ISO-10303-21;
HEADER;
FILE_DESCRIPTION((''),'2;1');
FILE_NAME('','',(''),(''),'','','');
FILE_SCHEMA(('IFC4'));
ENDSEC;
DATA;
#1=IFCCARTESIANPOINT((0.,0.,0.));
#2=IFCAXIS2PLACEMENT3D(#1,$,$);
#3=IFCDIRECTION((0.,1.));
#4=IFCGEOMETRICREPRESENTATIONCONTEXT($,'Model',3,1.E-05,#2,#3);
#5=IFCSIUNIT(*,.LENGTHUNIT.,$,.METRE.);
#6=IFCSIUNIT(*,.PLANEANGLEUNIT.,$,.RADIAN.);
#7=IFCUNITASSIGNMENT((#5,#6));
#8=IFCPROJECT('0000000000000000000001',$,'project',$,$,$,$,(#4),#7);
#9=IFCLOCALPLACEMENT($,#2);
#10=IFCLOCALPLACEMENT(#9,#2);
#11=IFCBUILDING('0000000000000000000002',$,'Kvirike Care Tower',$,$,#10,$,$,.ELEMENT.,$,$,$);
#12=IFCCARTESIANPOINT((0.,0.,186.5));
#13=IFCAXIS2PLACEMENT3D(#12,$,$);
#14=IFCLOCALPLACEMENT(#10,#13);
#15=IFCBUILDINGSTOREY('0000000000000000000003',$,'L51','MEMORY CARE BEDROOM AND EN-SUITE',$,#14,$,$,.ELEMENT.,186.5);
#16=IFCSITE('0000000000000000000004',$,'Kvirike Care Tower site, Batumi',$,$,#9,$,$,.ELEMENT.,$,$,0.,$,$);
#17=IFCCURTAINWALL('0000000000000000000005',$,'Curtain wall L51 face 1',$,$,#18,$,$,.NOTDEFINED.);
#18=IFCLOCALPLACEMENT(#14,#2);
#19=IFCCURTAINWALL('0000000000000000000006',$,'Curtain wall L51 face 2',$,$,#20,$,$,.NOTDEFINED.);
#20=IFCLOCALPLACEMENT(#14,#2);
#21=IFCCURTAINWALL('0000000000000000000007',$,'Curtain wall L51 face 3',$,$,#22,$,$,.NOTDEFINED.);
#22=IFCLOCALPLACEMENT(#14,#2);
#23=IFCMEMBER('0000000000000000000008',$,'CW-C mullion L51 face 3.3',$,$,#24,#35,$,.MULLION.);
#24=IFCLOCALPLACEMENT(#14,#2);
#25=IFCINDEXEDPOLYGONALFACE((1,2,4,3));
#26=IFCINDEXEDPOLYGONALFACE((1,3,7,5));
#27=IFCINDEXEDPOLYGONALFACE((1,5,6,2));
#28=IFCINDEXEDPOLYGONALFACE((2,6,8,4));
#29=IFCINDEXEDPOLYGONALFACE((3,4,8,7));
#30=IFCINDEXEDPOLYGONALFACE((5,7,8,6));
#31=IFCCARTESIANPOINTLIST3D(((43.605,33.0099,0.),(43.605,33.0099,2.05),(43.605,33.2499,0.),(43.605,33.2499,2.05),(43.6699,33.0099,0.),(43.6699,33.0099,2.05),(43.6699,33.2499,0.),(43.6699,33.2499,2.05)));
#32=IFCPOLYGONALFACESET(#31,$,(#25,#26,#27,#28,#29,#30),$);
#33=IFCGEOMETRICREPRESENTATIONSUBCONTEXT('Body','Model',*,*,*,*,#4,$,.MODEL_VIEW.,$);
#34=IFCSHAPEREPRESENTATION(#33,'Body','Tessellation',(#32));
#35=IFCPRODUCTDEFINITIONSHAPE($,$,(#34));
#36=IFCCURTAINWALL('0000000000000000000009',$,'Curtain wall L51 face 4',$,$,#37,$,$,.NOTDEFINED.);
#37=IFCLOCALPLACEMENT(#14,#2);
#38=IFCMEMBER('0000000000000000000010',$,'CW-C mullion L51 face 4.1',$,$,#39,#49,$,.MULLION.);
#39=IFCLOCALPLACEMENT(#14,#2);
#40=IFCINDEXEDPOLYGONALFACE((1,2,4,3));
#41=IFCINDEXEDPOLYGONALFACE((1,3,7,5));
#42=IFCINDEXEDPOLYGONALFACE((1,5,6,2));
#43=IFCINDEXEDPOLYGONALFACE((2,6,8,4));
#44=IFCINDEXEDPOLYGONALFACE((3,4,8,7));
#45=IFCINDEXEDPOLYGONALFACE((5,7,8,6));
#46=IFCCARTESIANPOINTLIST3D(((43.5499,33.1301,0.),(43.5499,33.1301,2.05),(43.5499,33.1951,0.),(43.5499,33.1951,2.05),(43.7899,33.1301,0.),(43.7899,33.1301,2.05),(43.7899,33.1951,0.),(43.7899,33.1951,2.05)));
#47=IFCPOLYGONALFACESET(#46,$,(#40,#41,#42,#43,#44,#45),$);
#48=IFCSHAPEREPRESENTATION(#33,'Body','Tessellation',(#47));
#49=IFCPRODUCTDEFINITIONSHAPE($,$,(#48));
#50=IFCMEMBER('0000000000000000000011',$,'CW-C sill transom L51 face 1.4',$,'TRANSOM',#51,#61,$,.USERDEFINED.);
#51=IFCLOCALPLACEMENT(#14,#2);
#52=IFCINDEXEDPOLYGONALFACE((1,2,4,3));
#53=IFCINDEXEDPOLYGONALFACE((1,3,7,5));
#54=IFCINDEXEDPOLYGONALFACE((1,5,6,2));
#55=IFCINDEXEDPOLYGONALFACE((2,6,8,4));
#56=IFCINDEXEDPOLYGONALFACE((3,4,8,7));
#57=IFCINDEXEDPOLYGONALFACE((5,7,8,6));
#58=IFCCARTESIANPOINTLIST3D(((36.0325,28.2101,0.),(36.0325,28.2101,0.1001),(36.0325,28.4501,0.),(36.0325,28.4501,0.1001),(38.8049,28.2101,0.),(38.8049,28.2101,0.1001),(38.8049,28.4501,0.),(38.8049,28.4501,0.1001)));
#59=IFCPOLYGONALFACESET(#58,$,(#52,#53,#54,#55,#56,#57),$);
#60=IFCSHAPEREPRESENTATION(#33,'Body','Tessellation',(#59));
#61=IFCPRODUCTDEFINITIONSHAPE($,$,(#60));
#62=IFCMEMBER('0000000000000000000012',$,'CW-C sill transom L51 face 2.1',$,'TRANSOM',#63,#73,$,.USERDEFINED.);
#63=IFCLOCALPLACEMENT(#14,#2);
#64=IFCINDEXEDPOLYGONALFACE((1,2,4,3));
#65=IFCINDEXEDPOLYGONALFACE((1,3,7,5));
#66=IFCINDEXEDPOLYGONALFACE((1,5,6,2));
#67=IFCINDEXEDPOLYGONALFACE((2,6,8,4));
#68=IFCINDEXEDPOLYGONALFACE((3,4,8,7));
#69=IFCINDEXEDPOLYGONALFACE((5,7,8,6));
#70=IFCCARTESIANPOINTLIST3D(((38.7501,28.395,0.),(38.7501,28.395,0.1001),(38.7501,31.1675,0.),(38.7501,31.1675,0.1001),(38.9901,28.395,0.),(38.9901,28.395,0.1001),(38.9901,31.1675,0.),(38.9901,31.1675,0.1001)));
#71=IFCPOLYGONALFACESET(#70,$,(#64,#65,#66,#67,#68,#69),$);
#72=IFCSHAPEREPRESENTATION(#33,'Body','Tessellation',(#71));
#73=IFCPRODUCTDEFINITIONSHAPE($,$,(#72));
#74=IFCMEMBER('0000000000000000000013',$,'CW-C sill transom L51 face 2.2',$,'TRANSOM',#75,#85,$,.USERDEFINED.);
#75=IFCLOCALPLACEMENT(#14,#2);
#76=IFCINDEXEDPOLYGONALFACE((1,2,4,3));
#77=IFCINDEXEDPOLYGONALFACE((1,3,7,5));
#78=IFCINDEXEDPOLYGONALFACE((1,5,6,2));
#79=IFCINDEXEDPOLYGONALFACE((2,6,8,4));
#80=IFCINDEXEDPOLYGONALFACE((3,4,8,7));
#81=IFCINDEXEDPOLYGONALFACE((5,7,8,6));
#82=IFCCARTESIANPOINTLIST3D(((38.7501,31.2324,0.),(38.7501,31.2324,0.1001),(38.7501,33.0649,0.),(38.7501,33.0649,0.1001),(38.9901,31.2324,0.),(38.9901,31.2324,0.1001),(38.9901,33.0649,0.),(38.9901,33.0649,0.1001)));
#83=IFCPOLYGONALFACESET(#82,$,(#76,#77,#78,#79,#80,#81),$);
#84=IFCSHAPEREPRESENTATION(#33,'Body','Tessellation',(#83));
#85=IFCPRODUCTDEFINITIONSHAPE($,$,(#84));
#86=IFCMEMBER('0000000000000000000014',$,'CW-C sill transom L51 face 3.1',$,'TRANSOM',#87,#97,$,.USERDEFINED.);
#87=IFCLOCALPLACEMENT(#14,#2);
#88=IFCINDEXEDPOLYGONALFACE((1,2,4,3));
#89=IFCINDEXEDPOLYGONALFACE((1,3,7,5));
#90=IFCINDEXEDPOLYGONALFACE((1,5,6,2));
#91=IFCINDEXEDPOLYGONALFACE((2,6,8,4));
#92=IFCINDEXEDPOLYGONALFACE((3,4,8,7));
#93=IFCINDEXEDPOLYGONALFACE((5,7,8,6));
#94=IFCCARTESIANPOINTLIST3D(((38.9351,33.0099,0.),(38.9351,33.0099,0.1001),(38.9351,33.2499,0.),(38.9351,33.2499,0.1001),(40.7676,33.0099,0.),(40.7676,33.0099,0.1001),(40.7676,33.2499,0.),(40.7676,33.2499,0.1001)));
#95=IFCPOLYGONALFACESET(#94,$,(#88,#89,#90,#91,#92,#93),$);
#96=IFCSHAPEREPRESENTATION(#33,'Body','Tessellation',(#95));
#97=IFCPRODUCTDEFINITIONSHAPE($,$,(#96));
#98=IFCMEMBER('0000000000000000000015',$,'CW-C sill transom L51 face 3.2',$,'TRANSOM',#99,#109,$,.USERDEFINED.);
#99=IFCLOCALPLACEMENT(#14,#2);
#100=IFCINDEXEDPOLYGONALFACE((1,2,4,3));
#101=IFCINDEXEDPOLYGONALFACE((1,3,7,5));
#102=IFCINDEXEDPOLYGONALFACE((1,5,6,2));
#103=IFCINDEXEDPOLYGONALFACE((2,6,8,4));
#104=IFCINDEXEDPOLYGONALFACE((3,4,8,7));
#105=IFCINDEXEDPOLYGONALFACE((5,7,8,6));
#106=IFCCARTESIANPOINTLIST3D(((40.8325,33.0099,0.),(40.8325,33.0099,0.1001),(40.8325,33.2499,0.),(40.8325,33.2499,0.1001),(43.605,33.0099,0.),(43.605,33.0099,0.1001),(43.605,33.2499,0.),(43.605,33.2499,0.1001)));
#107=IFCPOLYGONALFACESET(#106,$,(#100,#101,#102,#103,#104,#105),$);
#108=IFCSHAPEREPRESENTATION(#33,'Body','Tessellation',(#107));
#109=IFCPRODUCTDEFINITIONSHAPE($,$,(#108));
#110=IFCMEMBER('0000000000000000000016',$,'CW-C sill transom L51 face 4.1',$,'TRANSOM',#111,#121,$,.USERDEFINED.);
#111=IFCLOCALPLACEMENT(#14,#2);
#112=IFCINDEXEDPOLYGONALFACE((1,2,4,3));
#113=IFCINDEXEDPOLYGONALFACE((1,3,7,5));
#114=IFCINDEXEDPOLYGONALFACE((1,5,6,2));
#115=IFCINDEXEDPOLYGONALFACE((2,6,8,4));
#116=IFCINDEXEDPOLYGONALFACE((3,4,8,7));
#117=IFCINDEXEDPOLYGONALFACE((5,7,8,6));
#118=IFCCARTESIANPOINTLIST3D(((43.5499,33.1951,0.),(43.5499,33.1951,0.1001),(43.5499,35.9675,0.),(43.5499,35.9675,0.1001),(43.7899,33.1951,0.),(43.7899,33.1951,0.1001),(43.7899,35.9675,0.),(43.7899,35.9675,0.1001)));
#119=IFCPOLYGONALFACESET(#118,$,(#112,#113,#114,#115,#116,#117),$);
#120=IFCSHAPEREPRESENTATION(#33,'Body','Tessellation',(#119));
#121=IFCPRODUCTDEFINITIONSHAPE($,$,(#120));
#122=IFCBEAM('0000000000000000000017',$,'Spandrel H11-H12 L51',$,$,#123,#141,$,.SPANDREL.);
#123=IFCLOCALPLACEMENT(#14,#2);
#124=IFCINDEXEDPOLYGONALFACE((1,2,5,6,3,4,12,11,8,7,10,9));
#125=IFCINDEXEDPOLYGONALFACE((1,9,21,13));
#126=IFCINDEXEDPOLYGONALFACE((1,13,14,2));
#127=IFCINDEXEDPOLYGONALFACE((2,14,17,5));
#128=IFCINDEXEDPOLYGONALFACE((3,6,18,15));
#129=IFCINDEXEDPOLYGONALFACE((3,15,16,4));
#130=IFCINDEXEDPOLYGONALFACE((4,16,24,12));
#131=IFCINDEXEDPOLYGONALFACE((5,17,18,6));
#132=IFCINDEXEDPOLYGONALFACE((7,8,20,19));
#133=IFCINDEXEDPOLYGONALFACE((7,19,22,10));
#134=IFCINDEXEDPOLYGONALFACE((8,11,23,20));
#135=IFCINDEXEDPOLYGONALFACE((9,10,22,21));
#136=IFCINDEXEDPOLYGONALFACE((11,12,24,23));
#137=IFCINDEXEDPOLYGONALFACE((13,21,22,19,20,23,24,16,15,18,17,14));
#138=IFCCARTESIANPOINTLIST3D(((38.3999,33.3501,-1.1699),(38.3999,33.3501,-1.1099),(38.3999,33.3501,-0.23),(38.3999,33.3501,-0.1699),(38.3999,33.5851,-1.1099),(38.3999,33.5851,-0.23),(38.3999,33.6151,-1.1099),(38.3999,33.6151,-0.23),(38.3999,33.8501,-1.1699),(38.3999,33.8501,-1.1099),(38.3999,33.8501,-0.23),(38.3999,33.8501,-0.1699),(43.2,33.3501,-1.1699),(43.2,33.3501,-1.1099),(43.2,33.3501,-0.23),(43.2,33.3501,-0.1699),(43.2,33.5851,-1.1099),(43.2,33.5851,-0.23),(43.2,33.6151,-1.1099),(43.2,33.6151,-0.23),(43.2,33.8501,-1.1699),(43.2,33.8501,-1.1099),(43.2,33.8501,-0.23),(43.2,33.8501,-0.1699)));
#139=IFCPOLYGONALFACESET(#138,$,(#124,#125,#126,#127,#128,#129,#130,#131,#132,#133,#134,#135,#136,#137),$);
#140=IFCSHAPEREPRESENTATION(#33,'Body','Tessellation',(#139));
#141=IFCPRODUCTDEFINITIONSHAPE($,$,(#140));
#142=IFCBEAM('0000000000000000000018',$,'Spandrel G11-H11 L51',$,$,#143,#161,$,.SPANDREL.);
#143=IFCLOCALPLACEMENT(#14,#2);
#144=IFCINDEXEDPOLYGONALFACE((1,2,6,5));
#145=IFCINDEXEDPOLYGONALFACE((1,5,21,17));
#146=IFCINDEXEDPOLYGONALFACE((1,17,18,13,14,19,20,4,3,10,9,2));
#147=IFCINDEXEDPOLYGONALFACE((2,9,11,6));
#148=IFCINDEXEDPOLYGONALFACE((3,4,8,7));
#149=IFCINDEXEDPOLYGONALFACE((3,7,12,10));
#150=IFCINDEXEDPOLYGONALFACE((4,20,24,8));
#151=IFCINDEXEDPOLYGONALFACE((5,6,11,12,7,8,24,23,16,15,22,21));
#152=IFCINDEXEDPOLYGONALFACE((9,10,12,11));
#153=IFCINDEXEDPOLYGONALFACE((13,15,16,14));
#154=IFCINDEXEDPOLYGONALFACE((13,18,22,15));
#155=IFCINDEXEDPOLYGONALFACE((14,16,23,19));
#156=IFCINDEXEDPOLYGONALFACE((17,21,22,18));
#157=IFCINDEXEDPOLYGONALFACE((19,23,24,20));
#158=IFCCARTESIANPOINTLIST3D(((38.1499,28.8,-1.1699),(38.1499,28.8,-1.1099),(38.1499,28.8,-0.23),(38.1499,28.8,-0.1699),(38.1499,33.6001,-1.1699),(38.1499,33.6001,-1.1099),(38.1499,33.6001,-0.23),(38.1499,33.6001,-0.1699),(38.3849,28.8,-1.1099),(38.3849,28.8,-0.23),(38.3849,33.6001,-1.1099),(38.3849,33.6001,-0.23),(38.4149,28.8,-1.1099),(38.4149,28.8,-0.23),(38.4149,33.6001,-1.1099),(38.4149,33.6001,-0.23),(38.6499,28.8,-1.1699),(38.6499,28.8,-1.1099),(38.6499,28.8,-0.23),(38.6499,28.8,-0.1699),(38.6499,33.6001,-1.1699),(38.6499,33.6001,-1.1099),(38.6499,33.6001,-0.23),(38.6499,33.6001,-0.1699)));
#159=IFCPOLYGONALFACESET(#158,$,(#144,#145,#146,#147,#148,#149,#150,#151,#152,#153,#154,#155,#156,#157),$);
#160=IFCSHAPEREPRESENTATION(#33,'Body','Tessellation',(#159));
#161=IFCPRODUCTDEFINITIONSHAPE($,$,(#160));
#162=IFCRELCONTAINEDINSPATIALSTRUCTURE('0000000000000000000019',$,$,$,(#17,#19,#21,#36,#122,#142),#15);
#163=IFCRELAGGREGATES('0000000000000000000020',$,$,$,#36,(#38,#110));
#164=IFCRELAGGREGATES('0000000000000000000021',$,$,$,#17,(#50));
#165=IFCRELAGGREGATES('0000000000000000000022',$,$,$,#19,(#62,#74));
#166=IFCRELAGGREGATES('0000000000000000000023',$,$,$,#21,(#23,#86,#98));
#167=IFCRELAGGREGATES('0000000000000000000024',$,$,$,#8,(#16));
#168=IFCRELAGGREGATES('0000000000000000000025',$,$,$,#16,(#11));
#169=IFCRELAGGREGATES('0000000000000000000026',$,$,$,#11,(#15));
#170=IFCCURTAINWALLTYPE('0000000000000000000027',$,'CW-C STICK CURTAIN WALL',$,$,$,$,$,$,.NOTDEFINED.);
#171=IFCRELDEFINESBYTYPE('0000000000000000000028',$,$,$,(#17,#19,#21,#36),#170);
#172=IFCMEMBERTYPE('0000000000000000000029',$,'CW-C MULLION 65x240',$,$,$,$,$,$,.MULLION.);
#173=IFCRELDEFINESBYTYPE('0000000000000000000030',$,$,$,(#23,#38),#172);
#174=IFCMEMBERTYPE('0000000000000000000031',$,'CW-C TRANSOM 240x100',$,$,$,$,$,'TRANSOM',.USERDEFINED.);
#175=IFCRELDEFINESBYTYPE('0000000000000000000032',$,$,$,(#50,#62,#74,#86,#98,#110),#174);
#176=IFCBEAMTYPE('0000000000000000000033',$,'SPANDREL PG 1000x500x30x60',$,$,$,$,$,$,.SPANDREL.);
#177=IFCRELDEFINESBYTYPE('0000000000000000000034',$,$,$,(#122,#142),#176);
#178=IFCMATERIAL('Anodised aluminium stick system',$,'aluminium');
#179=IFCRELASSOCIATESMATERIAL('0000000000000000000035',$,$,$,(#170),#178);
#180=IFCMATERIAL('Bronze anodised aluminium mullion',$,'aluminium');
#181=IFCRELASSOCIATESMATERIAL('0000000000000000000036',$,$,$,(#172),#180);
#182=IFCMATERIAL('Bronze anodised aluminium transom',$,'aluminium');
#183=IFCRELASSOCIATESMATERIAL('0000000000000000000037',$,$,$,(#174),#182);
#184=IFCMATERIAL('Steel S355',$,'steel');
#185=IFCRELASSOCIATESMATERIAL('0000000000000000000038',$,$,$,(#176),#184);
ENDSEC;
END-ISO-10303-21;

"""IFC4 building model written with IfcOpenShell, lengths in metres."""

from ifc_helpers import new_model, si_unit, direction, frame, origin, origin_2d, place, context, subcontext, project, spatial, rectangle, i_section, extrude, material, material_profile, profile_set, type_object, element, aggregate, save


model = new_model("IFC4")

# Units and contexts
model_context = context("Model", 3, precision=1e-05, world=origin(), true_north=direction((0.0, 1.0)))
body_context = subcontext(model_context, "Body", "Model", "MODEL_VIEW")
ifc_project = project(units=[si_unit("LENGTHUNIT", "METRE"), si_unit("PLANEANGLEUNIT", "RADIAN")], contexts=[model_context])

# Site, building, storey
site_placement = place(None, origin())
site = spatial("IfcSite", under=ifc_project, at=site_placement, Name="Kvirike Care Tower site, Batumi", CompositionType="ELEMENT", RefElevation=0.0)
building_placement = place(site_placement, origin())
building = spatial("IfcBuilding", under=site, at=building_placement, Name="Kvirike Care Tower", CompositionType="ELEMENT")
storey_placement = place(building_placement, frame((0.0, 0.0, 186.5)))
storey = spatial("IfcBuildingStorey", under=building, at=storey_placement, Name="L51", Description="MEMORY CARE BEDROOM AND EN-SUITE", CompositionType="ELEMENT", Elevation=186.5)

# Curtain walls, member
ifc_material_1 = material(Name="Anodised aluminium stick system", Category="aluminium")
curtain_wall_type = type_object("IfcCurtainWallType", Name="CW-C STICK CURTAIN WALL", PredefinedType="NOTDEFINED", material=ifc_material_1)
curtain_wall_1_placement = place(storey_placement, origin())
curtain_wall_1 = element("IfcCurtainWall", 1, at=curtain_wall_1_placement, inside=storey, type_object=curtain_wall_type, Name="Curtain wall L51 face 1", PredefinedType="NOTDEFINED")
ifc_material_2 = material(Name="Bronze anodised aluminium mullion", Category="aluminium")
ifc_material_profile_1 = material_profile(ifc_material_2, rectangle(XDim=0.0649, YDim=0.24, at=origin_2d()), Name="CW-C MULLION 65x240")
ifc_profile_set_1 = profile_set([ifc_material_profile_1], Name="Bronze anodised aluminium mullion")
member_type_1 = type_object("IfcMemberType", Name="CW-C MULLION 65x240", PredefinedType="MULLION", material=ifc_profile_set_1)
curtain_wall_2_placement = place(storey_placement, origin())
curtain_wall_2 = element("IfcCurtainWall", 2, at=curtain_wall_2_placement, inside=storey, type_object=curtain_wall_type, Name="Curtain wall L51 face 2", PredefinedType="NOTDEFINED")
curtain_wall_3_placement = place(storey_placement, origin())
curtain_wall_3 = element("IfcCurtainWall", 3, at=curtain_wall_3_placement, inside=storey, type_object=curtain_wall_type, Name="Curtain wall L51 face 3", PredefinedType="NOTDEFINED")
member_1_placement = place(storey_placement, frame((43.6375, 33.1299, 0.0), z_axis=(0.0, 0.0, 1.0), x_axis=(1.0, 0.0, 0.0)))
member_1 = element("IfcMember", 4, at=member_1_placement, type_object=member_type_1, Name="CW-C mullion L51 face 3.3", PredefinedType="MULLION", context=body_context, shape_type="SweptSolid", body=[
    extrude(rectangle(XDim=0.0649, YDim=0.24, at=origin_2d()), origin(), (0.0, 0.0, 1.0), 2.05),
])

# Curtain wall, member
curtain_wall_4_placement = place(storey_placement, origin())
curtain_wall_4 = element("IfcCurtainWall", 5, at=curtain_wall_4_placement, inside=storey, type_object=curtain_wall_type, Name="Curtain wall L51 face 4", PredefinedType="NOTDEFINED")
member_2_placement = place(storey_placement, frame((43.6699, 33.1626, 0.0), z_axis=(0.0, 0.0, 1.0), x_axis=(0.0, 1.0, 0.0)))
member_2 = element("IfcMember", 6, at=member_2_placement, type_object=member_type_1, Name="CW-C mullion L51 face 4.1", PredefinedType="MULLION", context=body_context, shape_type="SweptSolid", body=[
    extrude(rectangle(XDim=0.0649, YDim=0.24, at=origin_2d()), origin(), (0.0, 0.0, 1.0), 2.05),
])

# Members
ifc_material_3 = material(Name="Bronze anodised aluminium transom", Category="aluminium")
ifc_material_profile_2 = material_profile(ifc_material_3, rectangle(XDim=0.24, YDim=0.1001, at=origin_2d()), Name="CW-C TRANSOM 240x100")
ifc_profile_set_2 = profile_set([ifc_material_profile_2], Name="Bronze anodised aluminium transom")
member_type_2 = type_object("IfcMemberType", Name="CW-C TRANSOM 240x100", ElementType="TRANSOM", PredefinedType="USERDEFINED", material=ifc_profile_set_2)
member_3_placement = place(storey_placement, frame((36.0325, 28.3301, 0.05), z_axis=(1.0, 0.0, 0.0), x_axis=(0.0, 1.0, 0.0)))
member_3 = element("IfcMember", 7, at=member_3_placement, type_object=member_type_2, Name="CW-C sill transom L51 face 1.4", ObjectType="TRANSOM", PredefinedType="USERDEFINED", context=body_context, shape_type="SweptSolid", body=[
    extrude(rectangle(XDim=0.24, YDim=0.1001, at=origin_2d()), origin(), (0.0, 0.0, 1.0), 2.7725),
])
member_4_placement = place(storey_placement, frame((38.8701, 28.395, 0.05), z_axis=(0.0, 1.0, 0.0), x_axis=(-1.0, 0.0, 0.0)))
member_4 = element("IfcMember", 8, at=member_4_placement, type_object=member_type_2, Name="CW-C sill transom L51 face 2.1", ObjectType="TRANSOM", PredefinedType="USERDEFINED", context=body_context, shape_type="SweptSolid", body=[
    extrude(rectangle(XDim=0.24, YDim=0.1001, at=origin_2d()), origin(), (0.0, 0.0, 1.0), 2.7725),
])
member_5_placement = place(storey_placement, frame((38.8701, 31.2324, 0.05), z_axis=(0.0, 1.0, 0.0), x_axis=(-1.0, 0.0, 0.0)))
member_5 = element("IfcMember", 9, at=member_5_placement, type_object=member_type_2, Name="CW-C sill transom L51 face 2.2", ObjectType="TRANSOM", PredefinedType="USERDEFINED", context=body_context, shape_type="SweptSolid", body=[
    extrude(rectangle(XDim=0.24, YDim=0.1001, at=origin_2d()), origin(), (0.0, 0.0, 1.0), 1.8325),
])
member_6_placement = place(storey_placement, frame((38.9351, 33.1299, 0.05), z_axis=(1.0, 0.0, 0.0), x_axis=(0.0, 1.0, 0.0)))
member_6 = element("IfcMember", 10, at=member_6_placement, type_object=member_type_2, Name="CW-C sill transom L51 face 3.1", ObjectType="TRANSOM", PredefinedType="USERDEFINED", context=body_context, shape_type="SweptSolid", body=[
    extrude(rectangle(XDim=0.24, YDim=0.1001, at=origin_2d()), origin(), (0.0, 0.0, 1.0), 1.8325),
])
member_7_placement = place(storey_placement, frame((40.8325, 33.1299, 0.05), z_axis=(1.0, 0.0, 0.0), x_axis=(0.0, 1.0, 0.0)))
member_7 = element("IfcMember", 11, at=member_7_placement, type_object=member_type_2, Name="CW-C sill transom L51 face 3.2", ObjectType="TRANSOM", PredefinedType="USERDEFINED", context=body_context, shape_type="SweptSolid", body=[
    extrude(rectangle(XDim=0.24, YDim=0.1001, at=origin_2d()), origin(), (0.0, 0.0, 1.0), 2.7725),
])
member_8_placement = place(storey_placement, frame((43.6699, 33.1951, 0.05), z_axis=(0.0, 1.0, 0.0), x_axis=(-1.0, 0.0, 0.0)))
member_8 = element("IfcMember", 12, at=member_8_placement, type_object=member_type_2, Name="CW-C sill transom L51 face 4.1", ObjectType="TRANSOM", PredefinedType="USERDEFINED", context=body_context, shape_type="SweptSolid", body=[
    extrude(rectangle(XDim=0.24, YDim=0.1001, at=origin_2d()), origin(), (0.0, 0.0, 1.0), 2.7725),
])
aggregate(curtain_wall_4, [member_2, member_8])

# Beams
ifc_material_4 = material(Name="Steel S355", Category="steel")
ifc_material_profile_3 = material_profile(ifc_material_4, i_section(OverallWidth=0.5, OverallDepth=1.0, WebThickness=0.03, FlangeThickness=0.0601, at=origin_2d()), Name="PG 1000x500x30x60")
ifc_profile_set_3 = profile_set([ifc_material_profile_3], Name="Steel S355")
beam_type_1 = type_object("IfcBeamType", Name="SPANDREL PG 1000x500x30x60", PredefinedType="SPANDREL", material=ifc_profile_set_3)
for number, where, z_axis, x_axis, name in (
    (13, (38.3999, 33.6001, -0.6699), (1.0, 0.0, 0.0), (0.0, 1.0, 0.0), "Spandrel H11-H12 L51"),
    (14, (38.3999, 28.8, -0.6699), (0.0, 1.0, 0.0), (-1.0, 0.0, 0.0), "Spandrel G11-H11 L51"),
):
    element("IfcBeam", number, at=place(storey_placement, frame(where, z_axis=z_axis, x_axis=x_axis)), inside=storey, type_object=beam_type_1, Name=name, PredefinedType="SPANDREL", context=body_context, shape_type="SweptSolid", body=[
        extrude(i_section(OverallWidth=0.5, OverallDepth=1.0, WebThickness=0.03, FlangeThickness=0.0601, at=origin_2d()), origin(), (0.0, 0.0, 1.0), 4.8),
    ])

aggregate(curtain_wall_1, [member_3])
aggregate(curtain_wall_2, [member_4, member_5])
aggregate(curtain_wall_3, [member_1, member_6, member_7])

save(model, "model.ifc")
